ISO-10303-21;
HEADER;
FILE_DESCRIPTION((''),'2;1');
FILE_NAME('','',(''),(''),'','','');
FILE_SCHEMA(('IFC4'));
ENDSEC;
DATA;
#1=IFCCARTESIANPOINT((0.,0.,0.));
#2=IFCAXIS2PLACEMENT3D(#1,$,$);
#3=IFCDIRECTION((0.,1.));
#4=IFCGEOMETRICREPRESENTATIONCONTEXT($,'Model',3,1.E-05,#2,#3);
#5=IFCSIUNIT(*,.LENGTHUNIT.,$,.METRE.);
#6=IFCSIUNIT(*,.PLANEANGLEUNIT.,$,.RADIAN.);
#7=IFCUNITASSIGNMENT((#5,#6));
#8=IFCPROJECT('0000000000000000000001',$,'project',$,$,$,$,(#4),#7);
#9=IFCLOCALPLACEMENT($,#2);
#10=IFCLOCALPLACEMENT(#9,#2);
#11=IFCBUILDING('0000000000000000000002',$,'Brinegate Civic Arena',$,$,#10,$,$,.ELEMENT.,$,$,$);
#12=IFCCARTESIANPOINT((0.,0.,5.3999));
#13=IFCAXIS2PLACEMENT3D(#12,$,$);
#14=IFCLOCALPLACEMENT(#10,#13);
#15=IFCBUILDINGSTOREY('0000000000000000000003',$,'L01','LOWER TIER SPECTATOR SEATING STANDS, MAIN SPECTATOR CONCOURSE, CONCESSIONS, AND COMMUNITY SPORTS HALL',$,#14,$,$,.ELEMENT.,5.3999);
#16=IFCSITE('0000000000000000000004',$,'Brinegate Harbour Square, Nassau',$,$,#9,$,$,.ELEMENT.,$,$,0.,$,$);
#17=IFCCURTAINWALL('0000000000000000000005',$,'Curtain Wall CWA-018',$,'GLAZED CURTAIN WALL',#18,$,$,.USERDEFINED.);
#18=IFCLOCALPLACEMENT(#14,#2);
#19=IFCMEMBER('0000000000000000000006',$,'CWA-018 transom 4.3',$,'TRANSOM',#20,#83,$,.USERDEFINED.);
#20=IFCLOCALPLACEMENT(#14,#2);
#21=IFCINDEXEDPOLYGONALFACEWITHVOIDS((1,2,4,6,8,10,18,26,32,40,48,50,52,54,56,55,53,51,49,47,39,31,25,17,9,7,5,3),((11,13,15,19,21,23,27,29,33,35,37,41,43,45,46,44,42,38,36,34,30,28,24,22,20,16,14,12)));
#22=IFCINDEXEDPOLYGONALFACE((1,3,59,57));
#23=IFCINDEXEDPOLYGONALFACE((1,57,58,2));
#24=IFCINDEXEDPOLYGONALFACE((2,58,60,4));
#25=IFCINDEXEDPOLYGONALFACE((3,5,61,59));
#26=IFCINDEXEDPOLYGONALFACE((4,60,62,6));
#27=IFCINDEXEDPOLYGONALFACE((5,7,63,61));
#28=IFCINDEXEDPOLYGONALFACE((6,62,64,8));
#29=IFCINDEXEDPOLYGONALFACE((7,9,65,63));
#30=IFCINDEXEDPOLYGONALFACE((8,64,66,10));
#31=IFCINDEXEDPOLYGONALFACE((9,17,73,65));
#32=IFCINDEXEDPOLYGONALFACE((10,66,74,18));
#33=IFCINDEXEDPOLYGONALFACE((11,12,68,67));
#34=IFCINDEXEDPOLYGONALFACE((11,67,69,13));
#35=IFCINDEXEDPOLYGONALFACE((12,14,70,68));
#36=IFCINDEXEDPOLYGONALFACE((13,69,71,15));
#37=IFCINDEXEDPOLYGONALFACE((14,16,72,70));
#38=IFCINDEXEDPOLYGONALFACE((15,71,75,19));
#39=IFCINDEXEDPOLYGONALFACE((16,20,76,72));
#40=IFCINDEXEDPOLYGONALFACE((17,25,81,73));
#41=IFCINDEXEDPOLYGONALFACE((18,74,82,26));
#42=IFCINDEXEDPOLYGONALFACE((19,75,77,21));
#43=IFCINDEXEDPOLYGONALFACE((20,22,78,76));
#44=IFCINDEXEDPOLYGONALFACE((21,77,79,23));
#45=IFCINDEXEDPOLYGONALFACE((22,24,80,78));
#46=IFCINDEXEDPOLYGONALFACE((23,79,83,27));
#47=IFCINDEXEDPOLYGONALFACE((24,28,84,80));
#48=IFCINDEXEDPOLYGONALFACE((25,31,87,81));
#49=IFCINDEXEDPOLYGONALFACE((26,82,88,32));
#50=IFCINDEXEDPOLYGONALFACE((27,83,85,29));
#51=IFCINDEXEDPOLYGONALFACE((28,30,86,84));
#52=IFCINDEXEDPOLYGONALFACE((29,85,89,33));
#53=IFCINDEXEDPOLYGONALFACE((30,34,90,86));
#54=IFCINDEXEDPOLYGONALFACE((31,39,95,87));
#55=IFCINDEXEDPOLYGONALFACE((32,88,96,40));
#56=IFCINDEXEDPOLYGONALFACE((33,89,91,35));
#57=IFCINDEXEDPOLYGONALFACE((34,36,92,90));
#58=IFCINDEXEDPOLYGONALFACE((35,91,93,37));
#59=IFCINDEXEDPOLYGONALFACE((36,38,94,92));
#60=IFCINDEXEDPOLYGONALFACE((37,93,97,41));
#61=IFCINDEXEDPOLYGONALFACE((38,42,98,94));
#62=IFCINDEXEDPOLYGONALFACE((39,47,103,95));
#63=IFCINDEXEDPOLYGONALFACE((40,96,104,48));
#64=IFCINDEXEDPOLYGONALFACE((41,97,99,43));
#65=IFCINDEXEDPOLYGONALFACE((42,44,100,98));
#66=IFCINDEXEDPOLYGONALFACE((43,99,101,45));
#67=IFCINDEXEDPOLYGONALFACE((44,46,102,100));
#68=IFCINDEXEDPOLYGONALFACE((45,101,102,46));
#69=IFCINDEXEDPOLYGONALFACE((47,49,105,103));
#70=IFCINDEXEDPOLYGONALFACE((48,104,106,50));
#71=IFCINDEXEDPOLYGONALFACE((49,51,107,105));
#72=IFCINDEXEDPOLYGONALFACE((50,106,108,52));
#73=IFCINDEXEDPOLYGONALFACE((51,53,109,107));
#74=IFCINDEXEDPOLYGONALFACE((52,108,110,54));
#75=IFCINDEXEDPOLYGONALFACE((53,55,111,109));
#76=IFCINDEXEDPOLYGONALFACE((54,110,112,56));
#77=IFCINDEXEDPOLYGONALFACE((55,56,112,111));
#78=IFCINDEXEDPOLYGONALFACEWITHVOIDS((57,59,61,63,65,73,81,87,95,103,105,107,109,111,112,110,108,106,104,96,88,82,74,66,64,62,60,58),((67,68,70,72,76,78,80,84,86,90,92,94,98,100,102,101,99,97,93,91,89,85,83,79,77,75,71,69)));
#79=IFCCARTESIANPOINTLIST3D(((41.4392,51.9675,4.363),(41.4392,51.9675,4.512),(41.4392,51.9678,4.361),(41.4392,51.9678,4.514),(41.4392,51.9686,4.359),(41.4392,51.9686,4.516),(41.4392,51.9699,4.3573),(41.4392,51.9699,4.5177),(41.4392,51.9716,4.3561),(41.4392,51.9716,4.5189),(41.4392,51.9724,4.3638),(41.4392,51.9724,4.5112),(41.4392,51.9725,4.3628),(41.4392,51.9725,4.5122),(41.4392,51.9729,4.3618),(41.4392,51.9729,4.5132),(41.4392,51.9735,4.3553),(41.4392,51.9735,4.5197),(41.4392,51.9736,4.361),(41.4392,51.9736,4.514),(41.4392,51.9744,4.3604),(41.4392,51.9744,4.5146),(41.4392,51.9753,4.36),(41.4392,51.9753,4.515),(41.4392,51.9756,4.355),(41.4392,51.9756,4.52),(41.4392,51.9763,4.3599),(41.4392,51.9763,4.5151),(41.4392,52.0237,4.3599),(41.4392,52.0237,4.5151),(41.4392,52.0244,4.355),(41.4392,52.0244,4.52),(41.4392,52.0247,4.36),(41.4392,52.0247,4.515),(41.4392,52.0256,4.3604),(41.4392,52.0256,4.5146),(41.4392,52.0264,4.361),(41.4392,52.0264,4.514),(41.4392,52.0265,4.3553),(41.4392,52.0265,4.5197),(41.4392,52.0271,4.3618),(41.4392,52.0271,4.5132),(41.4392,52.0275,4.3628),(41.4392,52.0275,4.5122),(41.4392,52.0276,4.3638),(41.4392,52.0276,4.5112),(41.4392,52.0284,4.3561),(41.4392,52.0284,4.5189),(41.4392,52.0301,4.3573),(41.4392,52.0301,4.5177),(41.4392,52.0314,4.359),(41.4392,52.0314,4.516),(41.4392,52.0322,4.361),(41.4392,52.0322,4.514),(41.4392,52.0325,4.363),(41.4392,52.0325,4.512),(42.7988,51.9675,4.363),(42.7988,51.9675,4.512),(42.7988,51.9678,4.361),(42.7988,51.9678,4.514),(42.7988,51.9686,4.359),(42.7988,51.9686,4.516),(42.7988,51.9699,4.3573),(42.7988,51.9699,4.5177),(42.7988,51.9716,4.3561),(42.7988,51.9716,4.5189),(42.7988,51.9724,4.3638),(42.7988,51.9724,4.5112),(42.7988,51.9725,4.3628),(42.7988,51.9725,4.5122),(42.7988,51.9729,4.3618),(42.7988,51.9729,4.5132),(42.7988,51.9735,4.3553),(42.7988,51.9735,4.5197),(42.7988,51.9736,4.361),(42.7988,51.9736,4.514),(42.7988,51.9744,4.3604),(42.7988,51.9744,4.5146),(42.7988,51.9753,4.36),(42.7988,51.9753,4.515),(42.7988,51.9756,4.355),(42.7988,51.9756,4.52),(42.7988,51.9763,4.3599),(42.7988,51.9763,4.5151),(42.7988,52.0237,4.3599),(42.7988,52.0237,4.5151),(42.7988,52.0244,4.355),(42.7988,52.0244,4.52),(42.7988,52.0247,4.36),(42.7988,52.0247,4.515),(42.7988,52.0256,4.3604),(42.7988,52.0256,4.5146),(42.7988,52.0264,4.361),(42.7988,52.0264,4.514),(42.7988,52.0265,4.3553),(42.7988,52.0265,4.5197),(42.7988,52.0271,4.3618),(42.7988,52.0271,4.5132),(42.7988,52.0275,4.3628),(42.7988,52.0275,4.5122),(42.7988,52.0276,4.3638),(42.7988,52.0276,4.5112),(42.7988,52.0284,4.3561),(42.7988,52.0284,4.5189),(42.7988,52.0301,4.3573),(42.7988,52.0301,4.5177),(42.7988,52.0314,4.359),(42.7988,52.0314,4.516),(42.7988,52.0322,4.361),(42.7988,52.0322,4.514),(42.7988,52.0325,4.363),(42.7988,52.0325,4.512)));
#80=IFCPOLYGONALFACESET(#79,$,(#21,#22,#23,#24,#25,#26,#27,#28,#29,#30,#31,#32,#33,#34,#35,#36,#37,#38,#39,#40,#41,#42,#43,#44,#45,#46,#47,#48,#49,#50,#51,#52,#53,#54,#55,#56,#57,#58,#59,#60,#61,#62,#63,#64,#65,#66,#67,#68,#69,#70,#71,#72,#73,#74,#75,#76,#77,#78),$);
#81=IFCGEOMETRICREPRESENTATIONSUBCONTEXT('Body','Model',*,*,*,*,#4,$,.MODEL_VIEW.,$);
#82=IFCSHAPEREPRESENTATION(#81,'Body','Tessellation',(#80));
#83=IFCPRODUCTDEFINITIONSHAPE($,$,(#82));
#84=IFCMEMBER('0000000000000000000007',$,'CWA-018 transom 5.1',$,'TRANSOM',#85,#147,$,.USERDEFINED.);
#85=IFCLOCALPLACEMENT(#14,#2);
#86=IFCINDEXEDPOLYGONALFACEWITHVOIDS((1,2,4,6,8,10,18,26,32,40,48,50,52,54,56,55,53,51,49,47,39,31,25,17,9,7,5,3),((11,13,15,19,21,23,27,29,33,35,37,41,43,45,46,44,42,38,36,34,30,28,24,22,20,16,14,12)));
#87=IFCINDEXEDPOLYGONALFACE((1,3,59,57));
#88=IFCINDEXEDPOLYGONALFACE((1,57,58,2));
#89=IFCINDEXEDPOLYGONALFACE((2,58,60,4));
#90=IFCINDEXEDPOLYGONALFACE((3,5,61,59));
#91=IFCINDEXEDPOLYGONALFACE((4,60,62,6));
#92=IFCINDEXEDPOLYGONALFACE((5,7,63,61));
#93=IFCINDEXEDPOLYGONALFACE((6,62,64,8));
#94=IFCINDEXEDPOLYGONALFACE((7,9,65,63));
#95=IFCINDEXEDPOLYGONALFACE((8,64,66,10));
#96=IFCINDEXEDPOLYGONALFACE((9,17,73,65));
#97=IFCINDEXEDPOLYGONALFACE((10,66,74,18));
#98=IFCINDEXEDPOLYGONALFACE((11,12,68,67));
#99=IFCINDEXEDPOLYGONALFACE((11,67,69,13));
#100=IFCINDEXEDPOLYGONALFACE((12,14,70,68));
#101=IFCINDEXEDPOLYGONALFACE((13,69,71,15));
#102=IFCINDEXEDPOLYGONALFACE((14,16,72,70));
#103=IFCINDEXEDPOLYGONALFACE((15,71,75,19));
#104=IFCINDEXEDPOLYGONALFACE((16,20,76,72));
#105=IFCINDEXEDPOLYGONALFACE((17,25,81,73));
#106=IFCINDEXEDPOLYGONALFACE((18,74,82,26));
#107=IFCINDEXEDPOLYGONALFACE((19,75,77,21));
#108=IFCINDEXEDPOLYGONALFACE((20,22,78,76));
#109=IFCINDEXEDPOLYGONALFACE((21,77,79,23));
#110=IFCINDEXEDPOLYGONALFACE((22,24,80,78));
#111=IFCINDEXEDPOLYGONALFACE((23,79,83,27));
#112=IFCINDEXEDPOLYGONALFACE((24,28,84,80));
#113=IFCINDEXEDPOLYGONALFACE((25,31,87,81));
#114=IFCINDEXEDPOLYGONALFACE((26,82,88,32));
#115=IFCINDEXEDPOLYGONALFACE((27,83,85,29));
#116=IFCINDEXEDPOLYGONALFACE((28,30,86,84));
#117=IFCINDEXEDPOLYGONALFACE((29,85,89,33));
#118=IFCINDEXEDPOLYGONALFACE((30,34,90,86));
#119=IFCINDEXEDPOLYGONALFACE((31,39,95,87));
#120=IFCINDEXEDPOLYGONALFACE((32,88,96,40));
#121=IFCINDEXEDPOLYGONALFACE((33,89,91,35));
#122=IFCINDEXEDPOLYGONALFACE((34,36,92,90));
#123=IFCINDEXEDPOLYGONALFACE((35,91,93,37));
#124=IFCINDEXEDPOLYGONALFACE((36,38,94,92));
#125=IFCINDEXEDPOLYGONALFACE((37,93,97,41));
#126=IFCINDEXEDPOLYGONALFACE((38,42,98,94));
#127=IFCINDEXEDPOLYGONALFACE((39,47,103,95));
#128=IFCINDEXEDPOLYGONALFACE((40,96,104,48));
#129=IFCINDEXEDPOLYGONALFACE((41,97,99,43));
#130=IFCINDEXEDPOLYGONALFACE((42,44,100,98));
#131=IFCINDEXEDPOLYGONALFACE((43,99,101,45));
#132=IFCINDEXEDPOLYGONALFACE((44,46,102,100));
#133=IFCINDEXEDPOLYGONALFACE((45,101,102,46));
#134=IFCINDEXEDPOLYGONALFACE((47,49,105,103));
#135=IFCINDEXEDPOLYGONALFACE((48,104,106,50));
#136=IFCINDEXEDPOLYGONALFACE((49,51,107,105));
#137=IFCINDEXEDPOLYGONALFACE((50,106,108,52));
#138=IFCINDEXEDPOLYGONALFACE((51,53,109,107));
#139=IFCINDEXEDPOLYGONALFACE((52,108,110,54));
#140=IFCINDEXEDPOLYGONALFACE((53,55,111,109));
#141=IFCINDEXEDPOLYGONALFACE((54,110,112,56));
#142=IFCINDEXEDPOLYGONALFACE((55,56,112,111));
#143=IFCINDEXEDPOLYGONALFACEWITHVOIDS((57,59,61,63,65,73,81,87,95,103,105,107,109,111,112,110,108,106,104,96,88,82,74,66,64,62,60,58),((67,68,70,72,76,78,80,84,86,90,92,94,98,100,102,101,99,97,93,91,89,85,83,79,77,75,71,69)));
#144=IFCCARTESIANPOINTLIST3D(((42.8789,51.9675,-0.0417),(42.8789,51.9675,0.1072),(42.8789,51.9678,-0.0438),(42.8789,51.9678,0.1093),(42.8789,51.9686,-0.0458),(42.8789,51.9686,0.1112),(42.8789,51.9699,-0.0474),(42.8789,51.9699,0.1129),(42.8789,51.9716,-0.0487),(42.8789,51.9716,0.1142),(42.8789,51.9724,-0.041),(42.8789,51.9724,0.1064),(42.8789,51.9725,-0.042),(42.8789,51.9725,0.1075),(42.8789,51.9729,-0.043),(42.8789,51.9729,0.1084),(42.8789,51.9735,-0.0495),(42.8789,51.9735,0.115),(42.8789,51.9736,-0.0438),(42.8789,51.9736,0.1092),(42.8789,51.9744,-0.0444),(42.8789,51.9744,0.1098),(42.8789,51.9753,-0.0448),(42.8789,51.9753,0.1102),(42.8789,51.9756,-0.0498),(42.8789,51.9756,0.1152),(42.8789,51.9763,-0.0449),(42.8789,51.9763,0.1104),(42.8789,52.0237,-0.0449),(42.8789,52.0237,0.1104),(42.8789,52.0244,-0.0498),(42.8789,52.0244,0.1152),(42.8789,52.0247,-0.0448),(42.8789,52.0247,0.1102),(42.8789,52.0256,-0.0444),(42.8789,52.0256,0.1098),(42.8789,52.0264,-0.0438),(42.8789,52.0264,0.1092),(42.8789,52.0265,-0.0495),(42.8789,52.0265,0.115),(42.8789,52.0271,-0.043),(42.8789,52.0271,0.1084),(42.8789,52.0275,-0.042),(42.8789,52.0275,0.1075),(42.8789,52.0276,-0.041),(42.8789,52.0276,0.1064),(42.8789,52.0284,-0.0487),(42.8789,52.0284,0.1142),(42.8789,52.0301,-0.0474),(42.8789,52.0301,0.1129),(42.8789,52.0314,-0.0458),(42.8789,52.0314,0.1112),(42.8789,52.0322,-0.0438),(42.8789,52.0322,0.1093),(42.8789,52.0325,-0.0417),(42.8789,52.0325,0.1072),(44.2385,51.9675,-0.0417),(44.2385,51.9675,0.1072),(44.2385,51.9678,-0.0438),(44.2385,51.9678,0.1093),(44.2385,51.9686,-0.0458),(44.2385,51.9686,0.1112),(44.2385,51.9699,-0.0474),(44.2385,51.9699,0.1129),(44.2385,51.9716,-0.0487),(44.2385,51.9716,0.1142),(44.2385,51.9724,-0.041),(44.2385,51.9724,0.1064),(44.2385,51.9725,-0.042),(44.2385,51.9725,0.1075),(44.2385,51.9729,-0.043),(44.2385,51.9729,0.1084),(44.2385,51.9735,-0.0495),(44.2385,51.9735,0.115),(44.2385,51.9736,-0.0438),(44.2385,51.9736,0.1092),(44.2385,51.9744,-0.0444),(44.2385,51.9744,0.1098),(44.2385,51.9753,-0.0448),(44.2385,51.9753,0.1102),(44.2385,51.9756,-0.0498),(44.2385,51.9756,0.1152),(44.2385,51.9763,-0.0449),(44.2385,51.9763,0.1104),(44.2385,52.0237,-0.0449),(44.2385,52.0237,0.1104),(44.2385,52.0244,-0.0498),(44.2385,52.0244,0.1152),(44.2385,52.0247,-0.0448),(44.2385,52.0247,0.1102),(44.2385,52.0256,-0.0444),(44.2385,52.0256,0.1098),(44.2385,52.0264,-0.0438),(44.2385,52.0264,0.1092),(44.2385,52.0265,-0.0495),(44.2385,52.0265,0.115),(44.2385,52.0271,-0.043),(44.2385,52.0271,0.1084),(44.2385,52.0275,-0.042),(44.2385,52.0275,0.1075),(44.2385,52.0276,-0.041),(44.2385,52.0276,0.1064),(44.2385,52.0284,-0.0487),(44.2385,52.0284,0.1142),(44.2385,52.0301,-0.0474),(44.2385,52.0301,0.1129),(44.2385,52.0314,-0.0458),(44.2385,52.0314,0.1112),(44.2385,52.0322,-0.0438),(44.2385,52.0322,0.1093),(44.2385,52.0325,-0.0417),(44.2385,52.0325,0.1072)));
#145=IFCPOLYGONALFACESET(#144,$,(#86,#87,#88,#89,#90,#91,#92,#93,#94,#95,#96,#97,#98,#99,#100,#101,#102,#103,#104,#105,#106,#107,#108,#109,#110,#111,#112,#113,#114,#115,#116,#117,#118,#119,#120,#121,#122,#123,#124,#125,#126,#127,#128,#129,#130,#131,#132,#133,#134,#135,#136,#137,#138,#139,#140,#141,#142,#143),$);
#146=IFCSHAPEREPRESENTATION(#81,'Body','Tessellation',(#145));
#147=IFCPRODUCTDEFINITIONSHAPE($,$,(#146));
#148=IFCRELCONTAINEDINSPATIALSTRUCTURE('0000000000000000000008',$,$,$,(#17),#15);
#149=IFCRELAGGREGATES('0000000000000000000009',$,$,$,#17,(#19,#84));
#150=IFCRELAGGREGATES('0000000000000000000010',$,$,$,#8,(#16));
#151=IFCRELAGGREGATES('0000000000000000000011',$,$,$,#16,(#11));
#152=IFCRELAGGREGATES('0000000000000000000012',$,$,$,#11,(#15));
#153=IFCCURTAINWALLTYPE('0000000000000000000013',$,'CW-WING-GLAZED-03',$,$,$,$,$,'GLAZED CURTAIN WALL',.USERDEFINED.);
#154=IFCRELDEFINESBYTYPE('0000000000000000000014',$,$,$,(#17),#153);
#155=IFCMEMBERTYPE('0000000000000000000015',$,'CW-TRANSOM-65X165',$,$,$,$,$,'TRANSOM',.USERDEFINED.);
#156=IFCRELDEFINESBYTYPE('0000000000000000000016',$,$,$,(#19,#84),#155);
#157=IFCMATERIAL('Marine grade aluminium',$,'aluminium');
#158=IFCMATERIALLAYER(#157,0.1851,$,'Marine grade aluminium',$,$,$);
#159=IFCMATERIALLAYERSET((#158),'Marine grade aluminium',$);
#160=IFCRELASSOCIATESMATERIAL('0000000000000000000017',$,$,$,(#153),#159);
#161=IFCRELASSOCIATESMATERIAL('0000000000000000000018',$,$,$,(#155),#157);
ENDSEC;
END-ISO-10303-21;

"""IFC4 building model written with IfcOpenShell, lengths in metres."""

from ifc_helpers import new_model, si_unit, direction, frame, origin, origin_2d, place, context, subcontext, project, spatial, hollow_rectangle, extrude, material, layer, layer_set, material_profile, profile_set, type_object, element, aggregate, save


model = new_model("IFC4")

# Units and contexts
model_context = context("Model", 3, precision=1e-05, world=origin(), true_north=direction((0.0, 1.0)))
body_context = subcontext(model_context, "Body", "Model", "MODEL_VIEW")
ifc_project = project(units=[si_unit("LENGTHUNIT", "METRE"), si_unit("PLANEANGLEUNIT", "RADIAN")], contexts=[model_context])

# Site, building, storey
site_placement = place(None, origin())
site = spatial("IfcSite", under=ifc_project, at=site_placement, Name="Brinegate Harbour Square, Nassau", CompositionType="ELEMENT", RefElevation=0.0)
building_placement = place(site_placement, origin())
building = spatial("IfcBuilding", under=site, at=building_placement, Name="Brinegate Civic Arena", CompositionType="ELEMENT")
storey_placement = place(building_placement, frame((0.0, 0.0, 5.3999)))
storey = spatial("IfcBuildingStorey", under=building, at=storey_placement, Name="L01", Description="LOWER TIER SPECTATOR SEATING STANDS, MAIN SPECTATOR CONCOURSE, CONCESSIONS, AND COMMUNITY SPORTS HALL", CompositionType="ELEMENT", Elevation=5.3999)

# Curtain wall, members
ifc_material_1 = material(Name="Marine grade aluminium", Category="aluminium")
ifc_layer_1 = layer(ifc_material_1, 0.1851, Name="Marine grade aluminium")
ifc_layer_set_1 = layer_set([ifc_layer_1], Name="Marine grade aluminium")
curtain_wall_type = type_object("IfcCurtainWallType", Name="CW-WING-GLAZED-03", ElementType="GLAZED CURTAIN WALL", PredefinedType="USERDEFINED", material=ifc_layer_set_1)
curtain_wall_placement = place(storey_placement, origin())
curtain_wall = element("IfcCurtainWall", 1, at=curtain_wall_placement, inside=storey, type_object=curtain_wall_type, Name="Curtain Wall CWA-018", ObjectType="GLAZED CURTAIN WALL", PredefinedType="USERDEFINED")
ifc_material_profile_1 = material_profile(ifc_material_1, hollow_rectangle(XDim=0.0649, YDim=0.165, WallThickness=0.0049, InnerFilletRadius=0.0039, OuterFilletRadius=0.0081, at=origin_2d()), Name="TRN65X165")
ifc_profile_set_1 = profile_set([ifc_material_profile_1], Name="Marine grade aluminium")
member_type_1 = type_object("IfcMemberType", Name="CW-TRANSOM-65X165", ElementType="TRANSOM", PredefinedType="USERDEFINED", material=ifc_profile_set_1)
member_1_placement = place(storey_placement, frame((41.4392, 52.0, 4.4375), z_axis=(1.0, 0.0, 0.0), x_axis=(0.0, 1.0, 0.0)))
member_1 = element("IfcMember", 2, at=member_1_placement, type_object=member_type_1, Name="CWA-018 transom 4.3", ObjectType="TRANSOM", PredefinedType="USERDEFINED", context=body_context, shape_type="SweptSolid", body=[
    extrude(hollow_rectangle(XDim=0.0649, YDim=0.165, WallThickness=0.0049, InnerFilletRadius=0.0039, OuterFilletRadius=0.0081, at=origin_2d()), origin(), (0.0, 0.0, 1.0), 1.3596),
])
member_2_placement = place(storey_placement, frame((42.8789, 52.0, 0.0327), z_axis=(1.0, 0.0, 0.0), x_axis=(0.0, 1.0, 0.0)))
member_2 = element("IfcMember", 3, at=member_2_placement, type_object=member_type_1, Name="CWA-018 transom 5.1", ObjectType="TRANSOM", PredefinedType="USERDEFINED", context=body_context, shape_type="SweptSolid", body=[
    extrude(hollow_rectangle(XDim=0.0649, YDim=0.165, WallThickness=0.0049, InnerFilletRadius=0.0039, OuterFilletRadius=0.0081, at=origin_2d()), origin(), (0.0, 0.0, 1.0), 1.3596),
])
aggregate(curtain_wall, [member_1, member_2])

save(model, "model.ifc")
